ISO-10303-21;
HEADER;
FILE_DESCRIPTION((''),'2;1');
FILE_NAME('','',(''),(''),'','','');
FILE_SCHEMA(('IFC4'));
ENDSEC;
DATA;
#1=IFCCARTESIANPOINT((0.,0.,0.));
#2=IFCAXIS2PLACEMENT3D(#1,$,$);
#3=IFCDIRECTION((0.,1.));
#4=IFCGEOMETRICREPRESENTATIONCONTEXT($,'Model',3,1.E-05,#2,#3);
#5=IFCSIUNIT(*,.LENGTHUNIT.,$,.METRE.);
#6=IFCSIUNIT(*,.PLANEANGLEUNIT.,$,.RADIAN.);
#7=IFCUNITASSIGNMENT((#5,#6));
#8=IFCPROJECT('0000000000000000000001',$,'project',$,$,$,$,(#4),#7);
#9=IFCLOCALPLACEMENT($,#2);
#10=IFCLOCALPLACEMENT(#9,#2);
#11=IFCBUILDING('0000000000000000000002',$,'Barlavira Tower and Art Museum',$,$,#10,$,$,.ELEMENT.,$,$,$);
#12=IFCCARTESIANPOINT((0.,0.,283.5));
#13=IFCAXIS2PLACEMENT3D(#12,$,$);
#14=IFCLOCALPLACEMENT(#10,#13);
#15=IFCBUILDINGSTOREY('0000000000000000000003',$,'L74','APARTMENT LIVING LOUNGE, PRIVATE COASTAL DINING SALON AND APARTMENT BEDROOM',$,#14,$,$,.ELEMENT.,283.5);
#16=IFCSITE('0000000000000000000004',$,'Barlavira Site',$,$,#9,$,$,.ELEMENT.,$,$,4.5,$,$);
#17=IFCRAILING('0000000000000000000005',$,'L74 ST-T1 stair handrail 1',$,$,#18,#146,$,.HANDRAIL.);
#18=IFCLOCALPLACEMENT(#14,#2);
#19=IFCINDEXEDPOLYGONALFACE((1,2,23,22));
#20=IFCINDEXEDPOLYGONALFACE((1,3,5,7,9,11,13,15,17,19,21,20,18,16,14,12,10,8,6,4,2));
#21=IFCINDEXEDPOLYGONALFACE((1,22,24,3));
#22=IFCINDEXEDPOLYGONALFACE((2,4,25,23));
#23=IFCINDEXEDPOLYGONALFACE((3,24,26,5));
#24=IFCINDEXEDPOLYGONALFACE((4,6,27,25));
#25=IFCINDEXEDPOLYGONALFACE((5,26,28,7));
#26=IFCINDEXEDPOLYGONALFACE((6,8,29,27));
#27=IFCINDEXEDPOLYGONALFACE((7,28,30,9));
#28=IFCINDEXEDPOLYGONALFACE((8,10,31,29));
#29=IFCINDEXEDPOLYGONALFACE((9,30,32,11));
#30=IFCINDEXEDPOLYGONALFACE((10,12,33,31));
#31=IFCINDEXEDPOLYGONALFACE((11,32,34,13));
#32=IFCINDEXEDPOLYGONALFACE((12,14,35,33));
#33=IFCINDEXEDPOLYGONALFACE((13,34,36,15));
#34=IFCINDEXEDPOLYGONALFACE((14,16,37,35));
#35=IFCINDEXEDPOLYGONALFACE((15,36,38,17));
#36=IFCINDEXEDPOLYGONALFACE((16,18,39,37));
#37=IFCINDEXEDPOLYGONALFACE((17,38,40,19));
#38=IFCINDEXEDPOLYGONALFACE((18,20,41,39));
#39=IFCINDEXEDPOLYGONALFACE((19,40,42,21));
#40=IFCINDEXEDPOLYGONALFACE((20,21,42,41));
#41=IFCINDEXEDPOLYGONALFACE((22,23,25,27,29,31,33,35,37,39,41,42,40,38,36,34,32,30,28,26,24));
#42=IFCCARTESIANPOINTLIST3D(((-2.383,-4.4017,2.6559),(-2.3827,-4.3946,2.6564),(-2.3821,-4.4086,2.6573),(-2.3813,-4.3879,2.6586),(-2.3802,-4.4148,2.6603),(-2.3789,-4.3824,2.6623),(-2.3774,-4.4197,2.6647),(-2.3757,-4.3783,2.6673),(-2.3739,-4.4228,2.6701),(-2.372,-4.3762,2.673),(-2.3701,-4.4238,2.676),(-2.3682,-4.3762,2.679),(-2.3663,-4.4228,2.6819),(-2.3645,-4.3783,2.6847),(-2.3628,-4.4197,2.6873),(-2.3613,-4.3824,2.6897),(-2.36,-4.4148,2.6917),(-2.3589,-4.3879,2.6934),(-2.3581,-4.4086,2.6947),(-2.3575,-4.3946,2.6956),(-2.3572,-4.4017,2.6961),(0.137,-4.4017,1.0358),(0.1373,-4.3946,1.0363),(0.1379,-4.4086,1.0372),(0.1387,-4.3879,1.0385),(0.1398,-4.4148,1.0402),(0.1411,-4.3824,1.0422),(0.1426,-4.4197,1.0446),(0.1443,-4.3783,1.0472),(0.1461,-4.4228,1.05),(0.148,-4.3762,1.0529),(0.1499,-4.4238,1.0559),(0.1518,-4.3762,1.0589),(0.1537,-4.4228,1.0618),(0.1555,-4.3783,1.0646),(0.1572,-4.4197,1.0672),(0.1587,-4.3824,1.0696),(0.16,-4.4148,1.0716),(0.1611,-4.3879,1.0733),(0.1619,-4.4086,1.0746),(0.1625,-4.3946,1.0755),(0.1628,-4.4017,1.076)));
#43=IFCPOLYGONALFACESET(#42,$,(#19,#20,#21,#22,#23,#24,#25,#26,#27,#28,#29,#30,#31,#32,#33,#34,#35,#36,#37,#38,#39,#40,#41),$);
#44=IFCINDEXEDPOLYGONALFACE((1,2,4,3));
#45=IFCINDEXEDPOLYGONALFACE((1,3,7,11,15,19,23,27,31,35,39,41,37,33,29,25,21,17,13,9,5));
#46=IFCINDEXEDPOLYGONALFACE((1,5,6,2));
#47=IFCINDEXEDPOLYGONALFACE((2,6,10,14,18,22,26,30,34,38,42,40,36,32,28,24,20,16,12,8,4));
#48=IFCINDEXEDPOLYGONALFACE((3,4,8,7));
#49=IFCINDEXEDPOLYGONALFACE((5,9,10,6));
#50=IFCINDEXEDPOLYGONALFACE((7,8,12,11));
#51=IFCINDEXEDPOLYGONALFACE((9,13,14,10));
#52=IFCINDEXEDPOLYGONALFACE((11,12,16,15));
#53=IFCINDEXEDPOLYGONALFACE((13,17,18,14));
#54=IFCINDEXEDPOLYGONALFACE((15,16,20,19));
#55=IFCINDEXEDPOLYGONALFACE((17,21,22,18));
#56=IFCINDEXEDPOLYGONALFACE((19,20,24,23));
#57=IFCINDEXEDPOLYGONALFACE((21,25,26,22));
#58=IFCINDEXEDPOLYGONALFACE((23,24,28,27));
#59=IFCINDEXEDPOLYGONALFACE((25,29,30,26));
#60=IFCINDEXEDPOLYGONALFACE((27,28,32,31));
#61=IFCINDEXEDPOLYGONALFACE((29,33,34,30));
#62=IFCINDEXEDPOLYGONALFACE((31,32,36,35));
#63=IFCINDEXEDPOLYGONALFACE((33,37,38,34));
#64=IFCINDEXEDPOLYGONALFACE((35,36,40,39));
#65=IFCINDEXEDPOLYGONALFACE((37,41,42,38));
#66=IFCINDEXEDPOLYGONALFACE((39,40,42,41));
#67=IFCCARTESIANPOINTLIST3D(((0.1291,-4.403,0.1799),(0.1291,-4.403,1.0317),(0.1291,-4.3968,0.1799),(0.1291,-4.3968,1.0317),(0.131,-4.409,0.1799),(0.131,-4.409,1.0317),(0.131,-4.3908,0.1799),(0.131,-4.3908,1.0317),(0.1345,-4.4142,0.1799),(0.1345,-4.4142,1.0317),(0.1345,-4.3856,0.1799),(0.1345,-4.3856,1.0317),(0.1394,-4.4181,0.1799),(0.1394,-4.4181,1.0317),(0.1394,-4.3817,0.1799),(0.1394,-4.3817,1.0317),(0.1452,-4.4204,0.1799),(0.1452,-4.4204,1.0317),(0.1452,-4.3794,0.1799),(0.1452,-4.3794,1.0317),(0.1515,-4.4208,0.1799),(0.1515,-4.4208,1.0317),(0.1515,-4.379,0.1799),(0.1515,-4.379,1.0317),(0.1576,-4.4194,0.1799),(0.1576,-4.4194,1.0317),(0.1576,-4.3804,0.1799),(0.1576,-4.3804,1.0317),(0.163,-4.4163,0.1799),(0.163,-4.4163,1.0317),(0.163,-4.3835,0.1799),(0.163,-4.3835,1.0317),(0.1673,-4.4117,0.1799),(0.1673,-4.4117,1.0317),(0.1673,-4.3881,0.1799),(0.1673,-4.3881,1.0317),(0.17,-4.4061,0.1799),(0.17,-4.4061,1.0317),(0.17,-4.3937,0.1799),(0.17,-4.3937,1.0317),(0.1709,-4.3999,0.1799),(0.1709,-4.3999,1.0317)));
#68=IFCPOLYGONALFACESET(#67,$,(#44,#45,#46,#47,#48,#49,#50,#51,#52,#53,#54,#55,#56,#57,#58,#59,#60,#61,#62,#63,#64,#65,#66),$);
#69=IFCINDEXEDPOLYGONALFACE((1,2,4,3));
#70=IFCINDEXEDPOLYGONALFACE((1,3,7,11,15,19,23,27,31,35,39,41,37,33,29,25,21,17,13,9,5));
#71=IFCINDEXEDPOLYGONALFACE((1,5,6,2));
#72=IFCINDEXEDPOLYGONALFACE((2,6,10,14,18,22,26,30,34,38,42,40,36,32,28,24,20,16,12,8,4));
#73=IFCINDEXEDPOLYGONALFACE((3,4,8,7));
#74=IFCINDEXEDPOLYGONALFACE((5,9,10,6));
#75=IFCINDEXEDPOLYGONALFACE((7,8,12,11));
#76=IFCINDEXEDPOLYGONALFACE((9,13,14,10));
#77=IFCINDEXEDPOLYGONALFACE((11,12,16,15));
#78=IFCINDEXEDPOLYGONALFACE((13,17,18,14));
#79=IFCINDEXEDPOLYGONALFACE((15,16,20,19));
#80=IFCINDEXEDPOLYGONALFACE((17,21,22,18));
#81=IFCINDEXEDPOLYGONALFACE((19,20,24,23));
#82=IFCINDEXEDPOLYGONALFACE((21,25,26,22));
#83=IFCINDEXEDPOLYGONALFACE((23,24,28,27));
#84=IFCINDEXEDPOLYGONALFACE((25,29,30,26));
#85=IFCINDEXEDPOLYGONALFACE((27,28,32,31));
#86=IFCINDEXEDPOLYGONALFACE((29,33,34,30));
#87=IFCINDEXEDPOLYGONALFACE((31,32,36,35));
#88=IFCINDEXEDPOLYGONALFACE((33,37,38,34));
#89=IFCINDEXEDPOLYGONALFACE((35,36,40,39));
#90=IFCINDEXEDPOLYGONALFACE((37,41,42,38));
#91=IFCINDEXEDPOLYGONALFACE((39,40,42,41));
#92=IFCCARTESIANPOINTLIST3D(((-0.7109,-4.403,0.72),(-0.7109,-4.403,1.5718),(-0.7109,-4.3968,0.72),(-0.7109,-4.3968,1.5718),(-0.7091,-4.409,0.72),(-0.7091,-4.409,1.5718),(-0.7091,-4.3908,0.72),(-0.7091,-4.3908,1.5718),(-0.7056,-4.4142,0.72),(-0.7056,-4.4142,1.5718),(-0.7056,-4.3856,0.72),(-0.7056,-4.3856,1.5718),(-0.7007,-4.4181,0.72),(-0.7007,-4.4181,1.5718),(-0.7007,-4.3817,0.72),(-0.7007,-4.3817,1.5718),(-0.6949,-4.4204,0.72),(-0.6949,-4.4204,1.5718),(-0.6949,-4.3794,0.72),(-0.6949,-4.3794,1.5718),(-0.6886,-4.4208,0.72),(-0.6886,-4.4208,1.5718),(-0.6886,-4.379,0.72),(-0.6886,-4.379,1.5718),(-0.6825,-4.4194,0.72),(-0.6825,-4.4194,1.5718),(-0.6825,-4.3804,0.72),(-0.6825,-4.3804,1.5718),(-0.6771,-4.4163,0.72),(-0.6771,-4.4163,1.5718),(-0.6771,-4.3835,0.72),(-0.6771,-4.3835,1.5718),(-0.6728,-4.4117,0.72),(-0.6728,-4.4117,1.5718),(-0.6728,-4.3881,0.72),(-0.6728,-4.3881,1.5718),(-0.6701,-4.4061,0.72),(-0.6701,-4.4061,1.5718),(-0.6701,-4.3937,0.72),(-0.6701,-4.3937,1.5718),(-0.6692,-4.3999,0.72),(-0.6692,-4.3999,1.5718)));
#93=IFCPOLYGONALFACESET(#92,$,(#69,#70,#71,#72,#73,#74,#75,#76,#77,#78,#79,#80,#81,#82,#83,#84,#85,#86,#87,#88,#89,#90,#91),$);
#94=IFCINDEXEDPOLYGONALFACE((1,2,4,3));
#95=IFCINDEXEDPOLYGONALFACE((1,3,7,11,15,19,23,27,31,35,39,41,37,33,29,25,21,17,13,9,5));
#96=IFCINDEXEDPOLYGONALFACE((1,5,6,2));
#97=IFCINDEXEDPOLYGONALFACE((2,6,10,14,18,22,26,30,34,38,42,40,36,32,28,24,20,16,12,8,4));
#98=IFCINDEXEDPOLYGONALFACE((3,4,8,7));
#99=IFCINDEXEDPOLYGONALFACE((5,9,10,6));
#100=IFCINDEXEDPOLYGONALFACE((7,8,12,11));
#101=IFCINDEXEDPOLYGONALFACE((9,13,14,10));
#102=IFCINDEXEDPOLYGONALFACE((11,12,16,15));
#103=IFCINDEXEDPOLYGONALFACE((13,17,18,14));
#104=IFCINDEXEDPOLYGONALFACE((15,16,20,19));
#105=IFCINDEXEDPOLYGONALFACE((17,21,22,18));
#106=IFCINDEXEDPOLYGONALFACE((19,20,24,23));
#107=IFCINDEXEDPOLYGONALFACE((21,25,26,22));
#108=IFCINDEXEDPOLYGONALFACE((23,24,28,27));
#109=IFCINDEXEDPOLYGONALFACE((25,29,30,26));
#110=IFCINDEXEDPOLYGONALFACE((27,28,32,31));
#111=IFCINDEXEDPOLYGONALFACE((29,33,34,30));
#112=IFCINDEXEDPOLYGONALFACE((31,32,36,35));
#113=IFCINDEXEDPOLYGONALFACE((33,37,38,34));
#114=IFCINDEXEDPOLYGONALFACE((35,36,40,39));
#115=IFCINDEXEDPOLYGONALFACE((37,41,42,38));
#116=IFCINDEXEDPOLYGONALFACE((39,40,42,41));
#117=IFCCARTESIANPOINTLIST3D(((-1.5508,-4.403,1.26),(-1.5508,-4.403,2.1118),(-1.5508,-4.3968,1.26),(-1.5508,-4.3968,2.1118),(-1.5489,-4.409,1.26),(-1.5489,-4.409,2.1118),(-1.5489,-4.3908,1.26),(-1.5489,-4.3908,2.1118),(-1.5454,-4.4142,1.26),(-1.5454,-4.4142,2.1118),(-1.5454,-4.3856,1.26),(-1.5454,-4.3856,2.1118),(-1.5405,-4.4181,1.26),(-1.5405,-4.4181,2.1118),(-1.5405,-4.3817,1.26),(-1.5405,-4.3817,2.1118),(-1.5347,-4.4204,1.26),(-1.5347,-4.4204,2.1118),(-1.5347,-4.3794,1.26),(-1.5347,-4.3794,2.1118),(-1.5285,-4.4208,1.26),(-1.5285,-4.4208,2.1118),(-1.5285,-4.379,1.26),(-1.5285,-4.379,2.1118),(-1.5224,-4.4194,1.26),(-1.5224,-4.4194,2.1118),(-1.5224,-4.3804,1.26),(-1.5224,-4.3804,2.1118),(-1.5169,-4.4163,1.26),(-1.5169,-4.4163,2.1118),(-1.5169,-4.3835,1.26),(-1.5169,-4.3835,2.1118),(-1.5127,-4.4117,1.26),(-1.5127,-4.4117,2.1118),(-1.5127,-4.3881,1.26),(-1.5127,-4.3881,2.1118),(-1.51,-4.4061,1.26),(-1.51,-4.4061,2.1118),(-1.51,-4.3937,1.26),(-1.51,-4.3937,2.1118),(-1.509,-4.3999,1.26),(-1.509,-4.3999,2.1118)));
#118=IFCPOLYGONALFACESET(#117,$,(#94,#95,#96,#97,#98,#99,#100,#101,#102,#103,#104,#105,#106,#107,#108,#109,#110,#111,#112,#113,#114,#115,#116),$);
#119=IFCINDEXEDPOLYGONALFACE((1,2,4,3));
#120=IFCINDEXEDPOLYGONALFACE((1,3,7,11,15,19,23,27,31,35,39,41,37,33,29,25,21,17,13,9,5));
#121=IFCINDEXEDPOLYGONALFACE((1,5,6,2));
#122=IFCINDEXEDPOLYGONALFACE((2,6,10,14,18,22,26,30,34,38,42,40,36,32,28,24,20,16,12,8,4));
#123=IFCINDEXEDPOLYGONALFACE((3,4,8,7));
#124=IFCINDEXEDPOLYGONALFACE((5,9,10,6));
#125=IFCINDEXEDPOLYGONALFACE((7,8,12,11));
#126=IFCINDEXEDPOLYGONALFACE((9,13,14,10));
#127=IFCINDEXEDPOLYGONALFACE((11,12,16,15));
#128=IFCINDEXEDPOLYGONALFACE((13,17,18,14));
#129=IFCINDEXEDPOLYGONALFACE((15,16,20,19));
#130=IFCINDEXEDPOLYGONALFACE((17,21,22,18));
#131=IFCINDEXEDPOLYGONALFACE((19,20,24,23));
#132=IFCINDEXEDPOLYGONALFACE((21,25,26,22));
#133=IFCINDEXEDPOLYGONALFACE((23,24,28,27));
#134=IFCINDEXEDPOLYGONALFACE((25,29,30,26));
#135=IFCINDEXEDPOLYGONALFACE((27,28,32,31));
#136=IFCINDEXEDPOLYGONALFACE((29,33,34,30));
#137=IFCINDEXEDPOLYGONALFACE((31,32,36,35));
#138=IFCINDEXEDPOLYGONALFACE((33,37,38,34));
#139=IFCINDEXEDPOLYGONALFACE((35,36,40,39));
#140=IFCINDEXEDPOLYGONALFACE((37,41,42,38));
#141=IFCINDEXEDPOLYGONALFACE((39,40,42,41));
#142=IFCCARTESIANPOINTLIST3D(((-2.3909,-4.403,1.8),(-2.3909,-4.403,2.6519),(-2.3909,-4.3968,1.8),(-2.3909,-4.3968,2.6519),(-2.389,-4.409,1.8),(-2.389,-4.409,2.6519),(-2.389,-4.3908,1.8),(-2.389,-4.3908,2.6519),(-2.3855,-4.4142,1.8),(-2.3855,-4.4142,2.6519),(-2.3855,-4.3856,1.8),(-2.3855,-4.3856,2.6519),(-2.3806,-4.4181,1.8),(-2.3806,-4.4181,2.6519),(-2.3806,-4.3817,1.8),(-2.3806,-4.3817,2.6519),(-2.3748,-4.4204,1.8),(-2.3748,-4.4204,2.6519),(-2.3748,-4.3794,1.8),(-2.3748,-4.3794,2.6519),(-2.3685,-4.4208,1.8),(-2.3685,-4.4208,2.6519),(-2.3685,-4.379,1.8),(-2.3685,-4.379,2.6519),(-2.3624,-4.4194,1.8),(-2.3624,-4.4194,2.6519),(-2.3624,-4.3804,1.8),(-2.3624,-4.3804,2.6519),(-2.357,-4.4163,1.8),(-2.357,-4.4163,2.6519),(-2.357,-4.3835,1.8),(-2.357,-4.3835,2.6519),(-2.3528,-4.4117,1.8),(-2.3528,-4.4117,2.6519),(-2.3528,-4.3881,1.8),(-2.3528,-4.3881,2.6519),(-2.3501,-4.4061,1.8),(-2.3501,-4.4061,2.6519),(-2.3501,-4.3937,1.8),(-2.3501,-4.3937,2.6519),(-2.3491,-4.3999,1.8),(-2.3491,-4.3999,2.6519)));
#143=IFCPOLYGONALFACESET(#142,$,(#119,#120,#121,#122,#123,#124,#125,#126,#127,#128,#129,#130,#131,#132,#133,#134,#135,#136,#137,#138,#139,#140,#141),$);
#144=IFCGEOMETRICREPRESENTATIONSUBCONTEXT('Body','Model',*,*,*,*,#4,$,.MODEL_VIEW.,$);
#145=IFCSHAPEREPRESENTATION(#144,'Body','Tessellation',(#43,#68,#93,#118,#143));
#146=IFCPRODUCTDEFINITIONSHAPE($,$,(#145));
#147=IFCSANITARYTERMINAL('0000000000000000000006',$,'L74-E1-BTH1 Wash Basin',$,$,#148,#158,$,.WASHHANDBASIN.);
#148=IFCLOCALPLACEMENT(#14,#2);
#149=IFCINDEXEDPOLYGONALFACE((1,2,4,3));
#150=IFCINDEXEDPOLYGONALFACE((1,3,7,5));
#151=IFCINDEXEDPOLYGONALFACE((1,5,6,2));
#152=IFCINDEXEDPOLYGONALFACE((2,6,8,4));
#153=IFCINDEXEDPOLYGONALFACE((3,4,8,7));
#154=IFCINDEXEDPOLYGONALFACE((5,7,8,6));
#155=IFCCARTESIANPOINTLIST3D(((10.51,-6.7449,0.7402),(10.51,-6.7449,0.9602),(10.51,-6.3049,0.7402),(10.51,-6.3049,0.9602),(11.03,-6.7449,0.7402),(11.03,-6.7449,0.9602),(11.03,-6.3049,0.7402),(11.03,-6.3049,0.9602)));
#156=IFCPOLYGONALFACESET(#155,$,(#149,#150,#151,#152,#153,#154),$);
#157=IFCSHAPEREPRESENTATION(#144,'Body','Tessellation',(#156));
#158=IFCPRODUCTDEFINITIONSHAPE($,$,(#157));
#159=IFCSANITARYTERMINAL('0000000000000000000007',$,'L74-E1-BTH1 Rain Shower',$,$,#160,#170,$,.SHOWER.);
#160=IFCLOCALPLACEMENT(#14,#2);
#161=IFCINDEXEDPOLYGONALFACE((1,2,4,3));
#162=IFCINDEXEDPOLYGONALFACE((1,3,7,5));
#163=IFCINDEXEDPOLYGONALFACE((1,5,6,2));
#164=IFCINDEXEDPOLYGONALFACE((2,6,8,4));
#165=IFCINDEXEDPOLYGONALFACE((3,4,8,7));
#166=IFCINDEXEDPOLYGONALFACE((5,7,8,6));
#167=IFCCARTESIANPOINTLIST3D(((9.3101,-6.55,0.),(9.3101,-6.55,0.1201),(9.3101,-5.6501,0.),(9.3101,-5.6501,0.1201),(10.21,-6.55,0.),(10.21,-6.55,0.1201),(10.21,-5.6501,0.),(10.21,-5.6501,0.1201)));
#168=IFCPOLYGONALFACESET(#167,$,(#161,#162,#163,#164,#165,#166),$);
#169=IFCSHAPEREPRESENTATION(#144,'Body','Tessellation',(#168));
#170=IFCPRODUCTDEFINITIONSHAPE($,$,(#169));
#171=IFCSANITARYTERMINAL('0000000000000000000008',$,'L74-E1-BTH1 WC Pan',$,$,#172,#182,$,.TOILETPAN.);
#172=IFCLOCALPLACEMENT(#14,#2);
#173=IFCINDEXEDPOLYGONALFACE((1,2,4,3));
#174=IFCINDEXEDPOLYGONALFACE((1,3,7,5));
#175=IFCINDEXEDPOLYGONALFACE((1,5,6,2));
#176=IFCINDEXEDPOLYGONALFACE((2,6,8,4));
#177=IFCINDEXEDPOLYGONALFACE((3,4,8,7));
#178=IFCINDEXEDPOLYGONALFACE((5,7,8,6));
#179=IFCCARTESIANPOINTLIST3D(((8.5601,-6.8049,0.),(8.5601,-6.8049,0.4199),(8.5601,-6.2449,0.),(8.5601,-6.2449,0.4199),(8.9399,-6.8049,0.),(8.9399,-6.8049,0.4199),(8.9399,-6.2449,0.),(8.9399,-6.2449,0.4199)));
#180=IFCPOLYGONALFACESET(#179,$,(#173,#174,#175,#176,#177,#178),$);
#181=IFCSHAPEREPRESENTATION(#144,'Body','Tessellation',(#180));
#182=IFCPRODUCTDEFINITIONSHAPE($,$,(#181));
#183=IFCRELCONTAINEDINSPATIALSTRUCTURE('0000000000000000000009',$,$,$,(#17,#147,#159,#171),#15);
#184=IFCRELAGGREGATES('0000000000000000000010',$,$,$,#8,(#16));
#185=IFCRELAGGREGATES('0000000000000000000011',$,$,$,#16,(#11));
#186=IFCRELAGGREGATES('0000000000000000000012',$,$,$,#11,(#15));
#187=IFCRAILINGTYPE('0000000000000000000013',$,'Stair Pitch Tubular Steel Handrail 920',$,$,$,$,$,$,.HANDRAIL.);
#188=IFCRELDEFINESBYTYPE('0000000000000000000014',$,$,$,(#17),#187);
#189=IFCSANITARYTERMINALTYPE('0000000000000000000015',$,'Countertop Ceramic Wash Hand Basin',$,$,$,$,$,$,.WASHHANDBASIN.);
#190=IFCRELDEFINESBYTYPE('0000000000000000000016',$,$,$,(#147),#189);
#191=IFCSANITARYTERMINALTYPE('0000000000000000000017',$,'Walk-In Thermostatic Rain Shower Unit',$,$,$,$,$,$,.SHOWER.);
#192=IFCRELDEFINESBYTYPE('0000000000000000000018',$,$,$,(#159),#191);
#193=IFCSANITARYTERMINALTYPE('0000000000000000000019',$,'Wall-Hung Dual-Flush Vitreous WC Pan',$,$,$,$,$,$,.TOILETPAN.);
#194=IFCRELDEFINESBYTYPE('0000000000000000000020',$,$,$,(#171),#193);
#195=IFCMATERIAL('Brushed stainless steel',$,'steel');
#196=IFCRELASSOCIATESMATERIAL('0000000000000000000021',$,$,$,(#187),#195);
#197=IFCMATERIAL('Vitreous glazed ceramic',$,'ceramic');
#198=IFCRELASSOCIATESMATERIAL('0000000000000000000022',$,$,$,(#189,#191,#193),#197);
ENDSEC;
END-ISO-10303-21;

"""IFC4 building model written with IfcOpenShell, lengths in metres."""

from ifc_helpers import new_model, si_unit, direction, frame, origin, origin_2d, place, context, subcontext, project, spatial, rectangle, circle, extrude, material, type_object, element, save


model = new_model("IFC4")

# Units and contexts
model_context = context("Model", 3, precision=1e-05, world=origin(), true_north=direction((0.0, 1.0)))
body_context = subcontext(model_context, "Body", "Model", "MODEL_VIEW")
ifc_project = project(units=[si_unit("LENGTHUNIT", "METRE"), si_unit("PLANEANGLEUNIT", "RADIAN")], contexts=[model_context])

# Site, building, storey
site_placement = place(None, origin())
site = spatial("IfcSite", under=ifc_project, at=site_placement, Name="Barlavira Site", CompositionType="ELEMENT", RefElevation=4.5)
building_placement = place(site_placement, origin())
building = spatial("IfcBuilding", under=site, at=building_placement, Name="Barlavira Tower and Art Museum", CompositionType="ELEMENT")
storey_placement = place(building_placement, frame((0.0, 0.0, 283.5)))
storey = spatial("IfcBuildingStorey", under=building, at=storey_placement, Name="L74", Description="APARTMENT LIVING LOUNGE, PRIVATE COASTAL DINING SALON AND APARTMENT BEDROOM", CompositionType="ELEMENT", Elevation=283.5)

# Shared definitions
ifc_material_1 = material(Name="Brushed stainless steel", Category="steel")

# Railing
railing_type_1 = type_object("IfcRailingType", Name="Stair Pitch Tubular Steel Handrail 920", PredefinedType="HANDRAIL", material=ifc_material_1)
railing_1_placement = place(storey_placement, frame((0.1499, -4.3999, 0.1799)))
element("IfcRailing", 1, at=railing_1_placement, inside=storey, type_object=railing_type_1, Name="L74 ST-T1 stair handrail 1", PredefinedType="HANDRAIL", context=body_context, shape_type="SweptSolid", body=[
    extrude(circle(Radius=0.0239, at=origin_2d()), frame((0.0, 0.0, 0.876), z_axis=(-0.841163, 0.0, 0.540782), x_axis=(0.0, -1.0, 0.0)), (0.0, 0.0, 1.0), 2.9958),
    extrude(circle(Radius=0.021, at=origin_2d()), origin(), (0.0, 0.0, 1.0), 0.8518),
    extrude(circle(Radius=0.021, at=origin_2d()), frame((-0.8401, 0.0, 0.54)), (0.0, 0.0, 1.0), 0.8518),
    extrude(circle(Radius=0.021, at=origin_2d()), frame((-1.6799, 0.0, 1.0801)), (0.0, 0.0, 1.0), 0.8518),
    extrude(circle(Radius=0.021, at=origin_2d()), frame((-2.52, 0.0, 1.6201)), (0.0, 0.0, 1.0), 0.8518),
])

# Sanitary terminals
ifc_material_2 = material(Name="Vitreous glazed ceramic", Category="ceramic")
sanitary_terminal_type_1 = type_object("IfcSanitaryTerminalType", Name="Countertop Ceramic Wash Hand Basin", PredefinedType="WASHHANDBASIN", material=ifc_material_2)
sanitary_terminal_1_placement = place(storey_placement, frame((10.77, -6.5249, 0.7402), z_axis=(0.0, 0.0, 1.0), x_axis=(1.0, 0.0, 0.0)))
element("IfcSanitaryTerminal", 2, at=sanitary_terminal_1_placement, inside=storey, type_object=sanitary_terminal_type_1, Name="L74-E1-BTH1 Wash Basin", PredefinedType="WASHHANDBASIN", context=body_context, shape_type="SweptSolid", body=[
    extrude(rectangle(XDim=0.52, YDim=0.4399, at=origin_2d()), origin(), (0.0, 0.0, 1.0), 0.22),
])
sanitary_terminal_type_2 = type_object("IfcSanitaryTerminalType", Name="Walk-In Thermostatic Rain Shower Unit", PredefinedType="SHOWER", material=ifc_material_2)
sanitary_terminal_2_placement = place(storey_placement, frame((9.76, -6.1001, 0.0), z_axis=(0.0, 0.0, 1.0), x_axis=(1.0, 0.0, 0.0)))
element("IfcSanitaryTerminal", 3, at=sanitary_terminal_2_placement, inside=storey, type_object=sanitary_terminal_type_2, Name="L74-E1-BTH1 Rain Shower", PredefinedType="SHOWER", context=body_context, shape_type="SweptSolid", body=[
    extrude(rectangle(XDim=0.8999, YDim=0.8999, at=origin_2d()), origin(), (0.0, 0.0, 1.0), 0.1201),
])
sanitary_terminal_type_3 = type_object("IfcSanitaryTerminalType", Name="Wall-Hung Dual-Flush Vitreous WC Pan", PredefinedType="TOILETPAN", material=ifc_material_2)
sanitary_terminal_3_placement = place(storey_placement, frame((8.75, -6.5249, 0.0), z_axis=(0.0, 0.0, 1.0), x_axis=(1.0, 0.0, 0.0)))
element("IfcSanitaryTerminal", 4, at=sanitary_terminal_3_placement, inside=storey, type_object=sanitary_terminal_type_3, Name="L74-E1-BTH1 WC Pan", PredefinedType="TOILETPAN", context=body_context, shape_type="SweptSolid", body=[
    extrude(rectangle(XDim=0.3799, YDim=0.5601, at=origin_2d()), origin(), (0.0, 0.0, 1.0), 0.4199),
])

save(model, "model.ifc")
